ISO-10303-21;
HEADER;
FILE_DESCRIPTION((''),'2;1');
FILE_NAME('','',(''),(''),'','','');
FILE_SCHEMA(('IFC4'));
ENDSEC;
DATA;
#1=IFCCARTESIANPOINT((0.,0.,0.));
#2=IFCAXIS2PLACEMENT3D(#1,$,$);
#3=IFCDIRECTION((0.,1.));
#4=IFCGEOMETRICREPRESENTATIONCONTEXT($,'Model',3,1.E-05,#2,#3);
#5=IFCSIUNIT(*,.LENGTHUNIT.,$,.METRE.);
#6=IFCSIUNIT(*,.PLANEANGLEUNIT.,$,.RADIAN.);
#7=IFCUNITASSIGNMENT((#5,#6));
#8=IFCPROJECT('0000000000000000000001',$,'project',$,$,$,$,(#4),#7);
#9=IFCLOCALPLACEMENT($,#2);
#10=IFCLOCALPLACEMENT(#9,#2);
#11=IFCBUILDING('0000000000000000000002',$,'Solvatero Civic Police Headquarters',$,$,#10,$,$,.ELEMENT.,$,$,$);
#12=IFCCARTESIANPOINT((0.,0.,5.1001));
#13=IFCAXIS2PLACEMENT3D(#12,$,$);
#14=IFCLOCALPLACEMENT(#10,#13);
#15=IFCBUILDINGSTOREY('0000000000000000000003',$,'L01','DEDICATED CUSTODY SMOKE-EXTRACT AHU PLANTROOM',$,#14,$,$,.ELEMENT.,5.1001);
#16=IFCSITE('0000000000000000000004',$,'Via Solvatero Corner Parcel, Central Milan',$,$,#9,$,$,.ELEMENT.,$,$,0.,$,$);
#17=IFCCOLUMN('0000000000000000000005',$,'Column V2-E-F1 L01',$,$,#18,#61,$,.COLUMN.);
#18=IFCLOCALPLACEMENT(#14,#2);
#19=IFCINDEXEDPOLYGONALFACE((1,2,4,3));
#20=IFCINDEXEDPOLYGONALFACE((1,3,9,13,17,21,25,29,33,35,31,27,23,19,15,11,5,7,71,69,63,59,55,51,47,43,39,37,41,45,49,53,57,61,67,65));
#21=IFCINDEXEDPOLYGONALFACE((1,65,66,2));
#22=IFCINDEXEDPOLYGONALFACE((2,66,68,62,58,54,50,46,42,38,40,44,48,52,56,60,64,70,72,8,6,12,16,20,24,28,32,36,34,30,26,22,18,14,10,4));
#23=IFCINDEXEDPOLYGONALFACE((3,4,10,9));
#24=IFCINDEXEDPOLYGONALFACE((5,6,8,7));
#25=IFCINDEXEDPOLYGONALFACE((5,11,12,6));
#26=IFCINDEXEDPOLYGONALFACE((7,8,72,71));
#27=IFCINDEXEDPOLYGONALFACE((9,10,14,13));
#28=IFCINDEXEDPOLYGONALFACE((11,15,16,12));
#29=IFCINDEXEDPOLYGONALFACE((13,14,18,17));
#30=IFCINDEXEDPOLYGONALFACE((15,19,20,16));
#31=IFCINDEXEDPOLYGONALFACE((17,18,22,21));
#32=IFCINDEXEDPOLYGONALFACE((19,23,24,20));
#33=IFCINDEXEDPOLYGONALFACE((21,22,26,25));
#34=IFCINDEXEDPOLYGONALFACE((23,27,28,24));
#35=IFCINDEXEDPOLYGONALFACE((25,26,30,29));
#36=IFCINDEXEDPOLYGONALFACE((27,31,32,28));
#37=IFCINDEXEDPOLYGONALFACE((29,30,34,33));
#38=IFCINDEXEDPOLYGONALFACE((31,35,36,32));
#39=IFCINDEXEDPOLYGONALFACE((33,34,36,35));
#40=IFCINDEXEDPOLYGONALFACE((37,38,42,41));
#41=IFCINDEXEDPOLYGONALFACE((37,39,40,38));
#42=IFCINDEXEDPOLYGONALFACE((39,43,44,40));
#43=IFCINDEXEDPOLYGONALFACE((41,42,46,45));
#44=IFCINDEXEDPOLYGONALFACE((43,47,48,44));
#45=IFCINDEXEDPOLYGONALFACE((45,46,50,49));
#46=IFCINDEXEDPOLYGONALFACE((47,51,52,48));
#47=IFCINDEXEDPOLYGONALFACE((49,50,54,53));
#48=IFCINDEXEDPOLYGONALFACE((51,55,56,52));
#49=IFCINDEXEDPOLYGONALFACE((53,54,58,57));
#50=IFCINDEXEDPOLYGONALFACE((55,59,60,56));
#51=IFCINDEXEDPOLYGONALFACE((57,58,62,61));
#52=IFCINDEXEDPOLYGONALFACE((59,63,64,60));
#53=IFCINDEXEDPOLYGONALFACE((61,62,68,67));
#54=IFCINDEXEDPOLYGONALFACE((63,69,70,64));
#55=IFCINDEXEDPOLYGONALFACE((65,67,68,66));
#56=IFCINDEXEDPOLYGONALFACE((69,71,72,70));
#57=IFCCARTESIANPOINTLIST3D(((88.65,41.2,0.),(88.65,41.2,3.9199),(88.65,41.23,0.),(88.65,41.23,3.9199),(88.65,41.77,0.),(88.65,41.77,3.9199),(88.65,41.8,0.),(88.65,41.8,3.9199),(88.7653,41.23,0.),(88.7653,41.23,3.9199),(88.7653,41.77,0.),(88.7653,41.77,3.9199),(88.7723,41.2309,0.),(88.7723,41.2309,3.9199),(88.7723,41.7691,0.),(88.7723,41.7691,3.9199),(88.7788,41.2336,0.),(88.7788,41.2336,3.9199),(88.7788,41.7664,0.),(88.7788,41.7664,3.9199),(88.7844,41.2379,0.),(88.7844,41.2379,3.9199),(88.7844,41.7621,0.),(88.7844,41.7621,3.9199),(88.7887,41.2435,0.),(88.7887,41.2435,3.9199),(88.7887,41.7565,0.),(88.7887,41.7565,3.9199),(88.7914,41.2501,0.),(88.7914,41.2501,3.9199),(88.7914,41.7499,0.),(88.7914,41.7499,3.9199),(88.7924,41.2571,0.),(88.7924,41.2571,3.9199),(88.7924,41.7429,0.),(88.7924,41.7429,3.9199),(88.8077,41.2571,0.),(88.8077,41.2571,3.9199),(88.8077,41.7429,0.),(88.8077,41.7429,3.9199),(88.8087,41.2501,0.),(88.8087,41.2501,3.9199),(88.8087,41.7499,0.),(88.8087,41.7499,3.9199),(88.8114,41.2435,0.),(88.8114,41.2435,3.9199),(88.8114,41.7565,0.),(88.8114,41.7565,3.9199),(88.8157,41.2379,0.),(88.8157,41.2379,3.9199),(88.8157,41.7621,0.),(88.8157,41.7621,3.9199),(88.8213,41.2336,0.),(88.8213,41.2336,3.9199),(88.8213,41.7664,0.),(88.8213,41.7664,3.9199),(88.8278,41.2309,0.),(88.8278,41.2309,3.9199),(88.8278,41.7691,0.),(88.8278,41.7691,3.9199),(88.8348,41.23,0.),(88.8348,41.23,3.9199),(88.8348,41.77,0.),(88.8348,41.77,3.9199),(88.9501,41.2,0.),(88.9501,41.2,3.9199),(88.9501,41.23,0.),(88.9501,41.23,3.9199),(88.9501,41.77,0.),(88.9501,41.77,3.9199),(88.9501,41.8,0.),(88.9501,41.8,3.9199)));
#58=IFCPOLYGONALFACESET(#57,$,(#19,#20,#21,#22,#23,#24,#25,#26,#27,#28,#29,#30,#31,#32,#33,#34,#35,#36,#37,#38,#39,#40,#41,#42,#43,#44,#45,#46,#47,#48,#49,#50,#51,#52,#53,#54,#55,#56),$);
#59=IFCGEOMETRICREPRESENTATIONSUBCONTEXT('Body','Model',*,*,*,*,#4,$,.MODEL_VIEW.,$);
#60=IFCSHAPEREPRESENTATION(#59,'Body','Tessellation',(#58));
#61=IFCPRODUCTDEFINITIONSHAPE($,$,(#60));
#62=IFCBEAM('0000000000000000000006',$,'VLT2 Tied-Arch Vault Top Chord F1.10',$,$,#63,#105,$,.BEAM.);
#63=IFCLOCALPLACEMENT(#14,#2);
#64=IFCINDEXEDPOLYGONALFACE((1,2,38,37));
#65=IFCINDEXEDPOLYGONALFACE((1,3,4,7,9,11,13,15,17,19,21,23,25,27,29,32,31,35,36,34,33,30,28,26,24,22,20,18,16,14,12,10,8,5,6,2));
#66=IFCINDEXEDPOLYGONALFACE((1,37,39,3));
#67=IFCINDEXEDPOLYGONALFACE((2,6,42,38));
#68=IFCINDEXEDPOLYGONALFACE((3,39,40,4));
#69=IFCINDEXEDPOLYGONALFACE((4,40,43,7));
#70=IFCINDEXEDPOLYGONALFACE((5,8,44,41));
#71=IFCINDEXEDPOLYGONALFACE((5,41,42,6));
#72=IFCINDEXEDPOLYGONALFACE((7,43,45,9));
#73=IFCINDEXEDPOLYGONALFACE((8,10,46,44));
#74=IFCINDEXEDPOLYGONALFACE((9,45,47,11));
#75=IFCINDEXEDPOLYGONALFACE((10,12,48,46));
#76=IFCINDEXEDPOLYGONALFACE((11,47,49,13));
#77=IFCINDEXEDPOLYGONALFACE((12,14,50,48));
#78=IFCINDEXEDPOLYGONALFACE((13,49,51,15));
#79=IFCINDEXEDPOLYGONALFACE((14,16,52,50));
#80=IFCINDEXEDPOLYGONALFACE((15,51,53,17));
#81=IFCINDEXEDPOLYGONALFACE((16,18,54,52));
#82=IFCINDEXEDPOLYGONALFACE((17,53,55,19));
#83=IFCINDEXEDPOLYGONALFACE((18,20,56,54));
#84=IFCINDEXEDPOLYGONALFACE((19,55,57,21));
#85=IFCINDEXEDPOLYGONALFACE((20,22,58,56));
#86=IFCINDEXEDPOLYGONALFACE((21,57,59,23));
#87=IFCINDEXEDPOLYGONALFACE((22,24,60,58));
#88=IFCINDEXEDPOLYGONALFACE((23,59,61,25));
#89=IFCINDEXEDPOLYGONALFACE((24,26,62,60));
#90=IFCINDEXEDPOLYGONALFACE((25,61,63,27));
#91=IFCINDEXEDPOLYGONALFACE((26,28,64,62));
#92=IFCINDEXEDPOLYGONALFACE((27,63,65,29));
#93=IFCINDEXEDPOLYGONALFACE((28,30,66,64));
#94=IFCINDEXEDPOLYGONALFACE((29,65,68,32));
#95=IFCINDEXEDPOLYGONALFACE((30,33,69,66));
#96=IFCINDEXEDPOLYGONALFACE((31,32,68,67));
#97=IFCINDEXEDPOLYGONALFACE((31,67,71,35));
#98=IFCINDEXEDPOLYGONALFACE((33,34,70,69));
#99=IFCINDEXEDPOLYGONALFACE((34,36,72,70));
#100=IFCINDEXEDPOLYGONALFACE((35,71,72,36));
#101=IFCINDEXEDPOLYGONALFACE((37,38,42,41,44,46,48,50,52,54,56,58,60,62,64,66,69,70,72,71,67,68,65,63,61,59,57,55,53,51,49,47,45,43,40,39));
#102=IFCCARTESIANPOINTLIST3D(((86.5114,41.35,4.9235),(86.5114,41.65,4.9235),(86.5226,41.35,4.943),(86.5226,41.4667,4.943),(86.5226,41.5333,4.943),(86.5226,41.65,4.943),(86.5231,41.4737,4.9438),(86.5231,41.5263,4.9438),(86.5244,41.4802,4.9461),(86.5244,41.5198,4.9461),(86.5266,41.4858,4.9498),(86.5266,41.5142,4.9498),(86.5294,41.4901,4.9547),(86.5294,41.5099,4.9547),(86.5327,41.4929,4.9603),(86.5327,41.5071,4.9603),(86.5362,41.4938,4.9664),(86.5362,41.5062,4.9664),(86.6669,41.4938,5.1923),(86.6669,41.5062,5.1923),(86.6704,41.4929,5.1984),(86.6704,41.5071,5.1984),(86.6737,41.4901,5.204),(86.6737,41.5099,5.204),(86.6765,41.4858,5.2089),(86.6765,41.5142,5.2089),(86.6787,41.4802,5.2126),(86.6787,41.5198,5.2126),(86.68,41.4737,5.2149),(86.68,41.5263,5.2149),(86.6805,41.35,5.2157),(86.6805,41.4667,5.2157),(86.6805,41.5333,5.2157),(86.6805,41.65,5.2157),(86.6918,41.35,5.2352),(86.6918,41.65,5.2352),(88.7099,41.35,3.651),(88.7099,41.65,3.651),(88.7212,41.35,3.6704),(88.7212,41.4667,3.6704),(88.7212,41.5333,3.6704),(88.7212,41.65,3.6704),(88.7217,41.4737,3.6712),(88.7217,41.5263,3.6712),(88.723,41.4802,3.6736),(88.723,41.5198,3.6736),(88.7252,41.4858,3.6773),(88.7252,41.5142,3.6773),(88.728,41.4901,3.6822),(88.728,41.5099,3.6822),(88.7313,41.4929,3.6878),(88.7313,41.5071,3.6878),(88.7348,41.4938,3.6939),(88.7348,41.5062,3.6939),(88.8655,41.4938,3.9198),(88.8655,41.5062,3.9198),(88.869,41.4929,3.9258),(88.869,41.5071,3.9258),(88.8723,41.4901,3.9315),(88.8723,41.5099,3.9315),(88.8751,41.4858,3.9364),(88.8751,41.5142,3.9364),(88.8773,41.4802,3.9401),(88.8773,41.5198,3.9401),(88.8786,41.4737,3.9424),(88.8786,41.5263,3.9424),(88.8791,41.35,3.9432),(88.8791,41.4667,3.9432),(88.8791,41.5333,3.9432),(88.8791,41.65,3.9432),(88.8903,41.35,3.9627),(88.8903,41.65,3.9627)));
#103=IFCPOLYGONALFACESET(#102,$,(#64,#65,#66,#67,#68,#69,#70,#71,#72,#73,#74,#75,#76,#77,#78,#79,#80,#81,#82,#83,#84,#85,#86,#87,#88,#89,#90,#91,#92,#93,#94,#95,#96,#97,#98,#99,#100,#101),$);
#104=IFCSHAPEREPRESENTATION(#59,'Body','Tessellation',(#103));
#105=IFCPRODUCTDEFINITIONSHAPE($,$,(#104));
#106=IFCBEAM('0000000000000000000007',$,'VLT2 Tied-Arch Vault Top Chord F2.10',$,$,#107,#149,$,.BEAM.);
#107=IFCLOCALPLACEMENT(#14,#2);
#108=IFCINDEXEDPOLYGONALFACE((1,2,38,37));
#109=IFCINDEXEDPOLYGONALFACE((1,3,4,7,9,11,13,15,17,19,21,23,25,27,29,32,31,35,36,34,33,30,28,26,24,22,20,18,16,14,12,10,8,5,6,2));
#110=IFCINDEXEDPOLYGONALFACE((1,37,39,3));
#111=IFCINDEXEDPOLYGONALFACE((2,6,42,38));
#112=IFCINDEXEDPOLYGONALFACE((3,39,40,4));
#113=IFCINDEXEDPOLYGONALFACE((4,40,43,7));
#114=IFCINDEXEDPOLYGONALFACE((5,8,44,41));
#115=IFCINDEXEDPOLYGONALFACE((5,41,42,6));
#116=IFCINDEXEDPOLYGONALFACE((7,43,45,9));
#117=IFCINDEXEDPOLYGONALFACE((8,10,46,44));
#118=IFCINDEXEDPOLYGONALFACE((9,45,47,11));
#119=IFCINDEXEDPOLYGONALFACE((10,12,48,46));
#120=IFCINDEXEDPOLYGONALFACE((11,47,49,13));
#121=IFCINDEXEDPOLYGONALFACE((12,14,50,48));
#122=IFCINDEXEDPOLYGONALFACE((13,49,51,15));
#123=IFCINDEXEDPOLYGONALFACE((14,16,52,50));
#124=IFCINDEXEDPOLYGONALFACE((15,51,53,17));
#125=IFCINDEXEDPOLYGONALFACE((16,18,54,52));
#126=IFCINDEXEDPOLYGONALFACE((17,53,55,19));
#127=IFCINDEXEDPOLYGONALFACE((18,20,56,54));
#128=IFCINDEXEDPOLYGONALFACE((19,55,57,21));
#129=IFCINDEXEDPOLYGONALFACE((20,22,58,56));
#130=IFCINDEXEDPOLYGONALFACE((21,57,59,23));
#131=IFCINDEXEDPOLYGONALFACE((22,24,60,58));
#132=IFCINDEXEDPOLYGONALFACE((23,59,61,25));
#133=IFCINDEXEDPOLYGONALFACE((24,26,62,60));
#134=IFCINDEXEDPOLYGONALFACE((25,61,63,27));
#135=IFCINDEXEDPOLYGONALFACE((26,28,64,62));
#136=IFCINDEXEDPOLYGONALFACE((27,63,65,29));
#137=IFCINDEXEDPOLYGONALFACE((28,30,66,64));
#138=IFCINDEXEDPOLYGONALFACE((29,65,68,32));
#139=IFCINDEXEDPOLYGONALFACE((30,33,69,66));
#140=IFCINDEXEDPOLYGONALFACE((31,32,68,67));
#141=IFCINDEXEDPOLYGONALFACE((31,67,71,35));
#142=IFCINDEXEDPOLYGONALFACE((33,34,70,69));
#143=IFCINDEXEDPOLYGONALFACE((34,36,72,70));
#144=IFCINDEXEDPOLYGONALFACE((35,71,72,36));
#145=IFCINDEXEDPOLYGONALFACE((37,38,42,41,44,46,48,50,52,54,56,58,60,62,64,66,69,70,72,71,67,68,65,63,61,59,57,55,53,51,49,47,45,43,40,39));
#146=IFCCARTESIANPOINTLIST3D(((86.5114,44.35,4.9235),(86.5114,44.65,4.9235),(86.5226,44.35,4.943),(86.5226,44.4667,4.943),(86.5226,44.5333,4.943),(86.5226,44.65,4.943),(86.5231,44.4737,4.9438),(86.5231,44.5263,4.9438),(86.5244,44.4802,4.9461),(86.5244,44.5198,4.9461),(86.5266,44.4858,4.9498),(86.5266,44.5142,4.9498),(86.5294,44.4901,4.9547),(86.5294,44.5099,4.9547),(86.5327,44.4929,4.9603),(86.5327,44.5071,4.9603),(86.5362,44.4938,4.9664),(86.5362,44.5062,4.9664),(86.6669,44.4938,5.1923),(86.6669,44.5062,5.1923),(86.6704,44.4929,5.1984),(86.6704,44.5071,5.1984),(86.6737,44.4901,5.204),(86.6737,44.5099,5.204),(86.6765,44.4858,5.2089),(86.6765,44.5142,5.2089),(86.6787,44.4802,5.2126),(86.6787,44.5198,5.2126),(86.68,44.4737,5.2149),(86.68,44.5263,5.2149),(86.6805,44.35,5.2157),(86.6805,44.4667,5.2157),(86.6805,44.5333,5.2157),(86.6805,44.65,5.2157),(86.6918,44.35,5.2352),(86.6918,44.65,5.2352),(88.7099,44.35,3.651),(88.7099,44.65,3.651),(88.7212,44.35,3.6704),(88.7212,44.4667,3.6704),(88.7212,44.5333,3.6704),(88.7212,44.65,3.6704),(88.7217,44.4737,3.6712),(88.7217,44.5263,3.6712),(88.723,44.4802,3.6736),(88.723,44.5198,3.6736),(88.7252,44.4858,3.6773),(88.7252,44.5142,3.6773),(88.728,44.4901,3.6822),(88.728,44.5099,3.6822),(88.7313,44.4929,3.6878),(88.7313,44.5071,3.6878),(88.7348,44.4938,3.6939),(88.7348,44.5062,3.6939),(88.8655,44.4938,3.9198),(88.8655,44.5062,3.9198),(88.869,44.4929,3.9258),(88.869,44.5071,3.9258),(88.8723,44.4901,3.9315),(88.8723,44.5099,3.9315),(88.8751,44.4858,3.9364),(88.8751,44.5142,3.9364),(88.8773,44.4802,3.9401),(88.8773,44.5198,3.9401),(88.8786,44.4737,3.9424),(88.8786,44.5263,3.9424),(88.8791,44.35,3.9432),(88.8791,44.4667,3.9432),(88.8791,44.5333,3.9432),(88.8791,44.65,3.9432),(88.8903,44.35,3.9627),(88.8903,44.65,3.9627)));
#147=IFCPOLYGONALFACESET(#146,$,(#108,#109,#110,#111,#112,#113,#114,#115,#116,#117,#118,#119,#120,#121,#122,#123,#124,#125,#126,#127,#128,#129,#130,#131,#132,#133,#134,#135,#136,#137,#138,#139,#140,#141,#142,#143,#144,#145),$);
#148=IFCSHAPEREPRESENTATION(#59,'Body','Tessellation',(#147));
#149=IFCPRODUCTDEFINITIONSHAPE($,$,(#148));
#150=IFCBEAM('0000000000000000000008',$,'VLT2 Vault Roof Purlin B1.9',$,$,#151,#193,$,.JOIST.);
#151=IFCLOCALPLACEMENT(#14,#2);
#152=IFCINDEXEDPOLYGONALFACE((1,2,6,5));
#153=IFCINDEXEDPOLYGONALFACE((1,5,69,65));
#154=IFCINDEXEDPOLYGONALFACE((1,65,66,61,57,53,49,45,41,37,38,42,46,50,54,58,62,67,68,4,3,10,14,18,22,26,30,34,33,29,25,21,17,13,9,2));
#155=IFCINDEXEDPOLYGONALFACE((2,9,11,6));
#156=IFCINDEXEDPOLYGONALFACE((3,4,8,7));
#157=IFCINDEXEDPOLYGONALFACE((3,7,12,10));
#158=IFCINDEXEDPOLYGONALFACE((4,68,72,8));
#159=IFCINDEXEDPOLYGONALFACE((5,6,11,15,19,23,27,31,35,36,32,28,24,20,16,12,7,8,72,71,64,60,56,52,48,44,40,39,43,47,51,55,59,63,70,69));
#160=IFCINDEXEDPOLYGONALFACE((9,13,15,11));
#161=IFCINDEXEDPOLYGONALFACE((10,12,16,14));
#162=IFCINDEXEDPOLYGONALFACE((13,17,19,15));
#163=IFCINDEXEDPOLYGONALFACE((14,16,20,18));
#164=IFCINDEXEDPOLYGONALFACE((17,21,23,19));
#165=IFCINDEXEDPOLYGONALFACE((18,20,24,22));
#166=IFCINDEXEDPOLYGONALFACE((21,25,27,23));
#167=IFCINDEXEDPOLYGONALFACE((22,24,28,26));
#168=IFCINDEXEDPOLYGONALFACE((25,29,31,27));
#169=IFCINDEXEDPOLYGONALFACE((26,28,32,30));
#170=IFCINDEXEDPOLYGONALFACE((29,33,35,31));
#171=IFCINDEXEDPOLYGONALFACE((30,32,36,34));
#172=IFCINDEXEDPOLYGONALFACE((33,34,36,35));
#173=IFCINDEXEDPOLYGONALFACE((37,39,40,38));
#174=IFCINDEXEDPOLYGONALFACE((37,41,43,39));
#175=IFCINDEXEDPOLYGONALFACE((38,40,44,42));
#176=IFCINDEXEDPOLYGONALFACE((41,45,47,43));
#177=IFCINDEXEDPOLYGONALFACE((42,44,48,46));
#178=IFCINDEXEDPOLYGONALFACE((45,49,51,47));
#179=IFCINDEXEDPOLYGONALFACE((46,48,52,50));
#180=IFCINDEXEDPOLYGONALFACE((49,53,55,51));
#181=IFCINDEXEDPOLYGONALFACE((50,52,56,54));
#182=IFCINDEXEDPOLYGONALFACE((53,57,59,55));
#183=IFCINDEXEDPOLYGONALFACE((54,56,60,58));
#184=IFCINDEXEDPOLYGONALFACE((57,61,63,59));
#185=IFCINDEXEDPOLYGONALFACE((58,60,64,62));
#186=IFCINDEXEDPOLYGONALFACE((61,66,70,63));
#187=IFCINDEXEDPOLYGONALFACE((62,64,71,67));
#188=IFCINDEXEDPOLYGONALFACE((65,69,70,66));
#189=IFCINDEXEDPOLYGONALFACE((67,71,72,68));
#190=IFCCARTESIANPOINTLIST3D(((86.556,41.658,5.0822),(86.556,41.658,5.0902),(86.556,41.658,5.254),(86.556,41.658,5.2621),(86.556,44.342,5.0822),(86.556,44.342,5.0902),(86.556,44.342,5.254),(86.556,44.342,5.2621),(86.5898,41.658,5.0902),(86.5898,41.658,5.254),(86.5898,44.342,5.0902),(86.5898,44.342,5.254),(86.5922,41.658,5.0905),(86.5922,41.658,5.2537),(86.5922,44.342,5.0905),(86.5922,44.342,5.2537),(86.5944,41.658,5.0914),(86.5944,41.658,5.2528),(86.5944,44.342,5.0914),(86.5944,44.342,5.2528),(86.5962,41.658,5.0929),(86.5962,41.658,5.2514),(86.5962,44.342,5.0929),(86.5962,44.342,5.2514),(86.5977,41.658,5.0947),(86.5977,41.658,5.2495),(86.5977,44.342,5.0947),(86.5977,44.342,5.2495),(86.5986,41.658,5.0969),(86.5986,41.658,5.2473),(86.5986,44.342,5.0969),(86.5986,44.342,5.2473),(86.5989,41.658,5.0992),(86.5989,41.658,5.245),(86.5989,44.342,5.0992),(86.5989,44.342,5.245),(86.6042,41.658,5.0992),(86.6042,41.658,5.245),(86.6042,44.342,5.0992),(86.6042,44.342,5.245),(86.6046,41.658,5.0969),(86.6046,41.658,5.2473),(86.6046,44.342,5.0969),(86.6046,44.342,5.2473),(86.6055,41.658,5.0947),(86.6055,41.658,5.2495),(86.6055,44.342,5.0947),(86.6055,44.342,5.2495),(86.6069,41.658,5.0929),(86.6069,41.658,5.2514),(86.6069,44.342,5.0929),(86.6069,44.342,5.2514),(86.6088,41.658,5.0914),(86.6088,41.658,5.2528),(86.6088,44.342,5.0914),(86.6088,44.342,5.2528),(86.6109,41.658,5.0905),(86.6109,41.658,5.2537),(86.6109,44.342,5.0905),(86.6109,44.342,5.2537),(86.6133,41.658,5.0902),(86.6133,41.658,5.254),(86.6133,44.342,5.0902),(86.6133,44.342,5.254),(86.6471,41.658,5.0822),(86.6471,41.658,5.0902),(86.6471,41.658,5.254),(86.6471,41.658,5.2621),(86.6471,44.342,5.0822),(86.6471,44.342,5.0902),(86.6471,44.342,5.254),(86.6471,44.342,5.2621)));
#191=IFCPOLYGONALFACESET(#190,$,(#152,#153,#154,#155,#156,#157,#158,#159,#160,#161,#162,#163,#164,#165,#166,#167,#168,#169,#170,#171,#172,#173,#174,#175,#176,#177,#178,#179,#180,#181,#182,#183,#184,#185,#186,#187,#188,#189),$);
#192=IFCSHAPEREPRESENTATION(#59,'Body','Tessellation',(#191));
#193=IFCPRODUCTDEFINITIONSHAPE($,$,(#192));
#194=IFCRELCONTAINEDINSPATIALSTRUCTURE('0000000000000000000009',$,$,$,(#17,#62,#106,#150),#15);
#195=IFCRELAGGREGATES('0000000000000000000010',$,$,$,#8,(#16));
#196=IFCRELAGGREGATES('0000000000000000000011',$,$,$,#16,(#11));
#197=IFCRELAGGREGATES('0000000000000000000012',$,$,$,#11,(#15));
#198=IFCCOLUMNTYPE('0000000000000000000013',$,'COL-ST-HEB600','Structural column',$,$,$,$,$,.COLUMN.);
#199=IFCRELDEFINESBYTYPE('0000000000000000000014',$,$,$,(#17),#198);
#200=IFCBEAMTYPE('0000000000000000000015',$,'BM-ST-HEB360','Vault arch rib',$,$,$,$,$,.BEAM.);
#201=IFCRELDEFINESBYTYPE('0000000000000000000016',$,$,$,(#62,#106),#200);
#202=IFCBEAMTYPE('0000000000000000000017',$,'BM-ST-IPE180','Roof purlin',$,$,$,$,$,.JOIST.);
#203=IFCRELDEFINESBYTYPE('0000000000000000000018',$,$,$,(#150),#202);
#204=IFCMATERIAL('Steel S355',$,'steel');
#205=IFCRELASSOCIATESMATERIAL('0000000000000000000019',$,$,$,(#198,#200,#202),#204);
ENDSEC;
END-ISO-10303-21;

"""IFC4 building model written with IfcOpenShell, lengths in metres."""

from ifc_helpers import new_model, si_unit, direction, frame, origin, origin_2d, place, context, subcontext, project, spatial, i_section, extrude, material, material_profile, profile_set, type_object, element, save


model = new_model("IFC4")

# Units and contexts
model_context = context("Model", 3, precision=1e-05, world=origin(), true_north=direction((0.0, 1.0)))
body_context = subcontext(model_context, "Body", "Model", "MODEL_VIEW")
ifc_project = project(units=[si_unit("LENGTHUNIT", "METRE"), si_unit("PLANEANGLEUNIT", "RADIAN")], contexts=[model_context])

# Site, building, storey
site_placement = place(None, origin())
site = spatial("IfcSite", under=ifc_project, at=site_placement, Name="Via Solvatero Corner Parcel, Central Milan", CompositionType="ELEMENT", RefElevation=0.0)
building_placement = place(site_placement, origin())
building = spatial("IfcBuilding", under=site, at=building_placement, Name="Solvatero Civic Police Headquarters", CompositionType="ELEMENT")
storey_placement = place(building_placement, frame((0.0, 0.0, 5.1001)))
storey = spatial("IfcBuildingStorey", under=building, at=storey_placement, Name="L01", Description="DEDICATED CUSTODY SMOKE-EXTRACT AHU PLANTROOM", CompositionType="ELEMENT", Elevation=5.1001)

# Column
ifc_material_1 = material(Name="Steel S355", Category="steel")
ifc_material_profile_1 = material_profile(ifc_material_1, i_section(OverallWidth=0.3, OverallDepth=0.6001, WebThickness=0.0154, FlangeThickness=0.03, FilletRadius=0.0271, at=origin_2d()), Name="HEB 600")
ifc_profile_set_1 = profile_set([ifc_material_profile_1], Name="Steel S355")
column_type = type_object("IfcColumnType", Name="COL-ST-HEB600", Description="Structural column", PredefinedType="COLUMN", material=ifc_profile_set_1)
column_placement = place(storey_placement, frame((88.8, 41.5, 0.0), z_axis=(0.0, 0.0, 1.0), x_axis=(1.0, 0.0, 0.0)))
element("IfcColumn", 1, at=column_placement, inside=storey, type_object=column_type, Name="Column V2-E-F1 L01", PredefinedType="COLUMN", context=body_context, shape_type="SweptSolid", body=[
    extrude(i_section(OverallWidth=0.3, OverallDepth=0.6001, WebThickness=0.0154, FlangeThickness=0.03, FilletRadius=0.0271, at=origin_2d()), origin(), (0.0, 0.0, 1.0), 3.9199),
])

# Beams
ifc_material_profile_2 = material_profile(ifc_material_1, i_section(OverallWidth=0.3, OverallDepth=0.3601, WebThickness=0.0125, FlangeThickness=0.0225, FilletRadius=0.0271, at=origin_2d()), Name="HEB 360")
ifc_profile_set_2 = profile_set([ifc_material_profile_2], Name="Steel S355")
beam_type_1 = type_object("IfcBeamType", Name="BM-ST-HEB360", Description="Vault arch rib", PredefinedType="BEAM", material=ifc_profile_set_2)
for number, where, z_axis, x_axis, name in (
    (2, (86.6016, 41.5, 5.0793), (0.865486, 0.0, -0.500934), (0.0, 1.0, 0.0), "VLT2 Tied-Arch Vault Top Chord F1.10"),
    (3, (86.6016, 44.5, 5.0793), (0.865486, 0.0, -0.500934), (0.0, 1.0, 0.0), "VLT2 Tied-Arch Vault Top Chord F2.10"),
):
    element("IfcBeam", number, at=place(storey_placement, frame(where, z_axis=z_axis, x_axis=x_axis)), inside=storey, type_object=beam_type_1, Name=name, PredefinedType="BEAM", context=body_context, shape_type="SweptSolid", body=[
        extrude(i_section(OverallWidth=0.3, OverallDepth=0.3601, WebThickness=0.0125, FlangeThickness=0.0225, FilletRadius=0.0271, at=origin_2d()), origin(), (0.0, 0.0, 1.0), 2.5403),
    ])
ifc_material_profile_3 = material_profile(ifc_material_1, i_section(OverallWidth=0.0911, OverallDepth=0.1799, WebThickness=0.0054, FlangeThickness=0.0081, FilletRadius=0.009, at=origin_2d()), Name="IPE 180")
ifc_profile_set_3 = profile_set([ifc_material_profile_3], Name="Steel S355")
beam_type_2 = type_object("IfcBeamType", Name="BM-ST-IPE180", Description="Roof purlin", PredefinedType="JOIST", material=ifc_profile_set_3)
for number, where, z_axis, x_axis, name in (
    (4, (86.6016, 41.658, 5.1721), (0.0, 1.0, 0.0), (-1.0, 0.0, 0.0), "VLT2 Vault Roof Purlin B1.9"),
):
    element("IfcBeam", number, at=place(storey_placement, frame(where, z_axis=z_axis, x_axis=x_axis)), inside=storey, type_object=beam_type_2, Name=name, PredefinedType="JOIST", context=body_context, shape_type="SweptSolid", body=[
        extrude(i_section(OverallWidth=0.0911, OverallDepth=0.1799, WebThickness=0.0054, FlangeThickness=0.0081, FilletRadius=0.009, at=origin_2d()), origin(), (0.0, 0.0, 1.0), 2.6841),
    ])

save(model, "model.ifc")
